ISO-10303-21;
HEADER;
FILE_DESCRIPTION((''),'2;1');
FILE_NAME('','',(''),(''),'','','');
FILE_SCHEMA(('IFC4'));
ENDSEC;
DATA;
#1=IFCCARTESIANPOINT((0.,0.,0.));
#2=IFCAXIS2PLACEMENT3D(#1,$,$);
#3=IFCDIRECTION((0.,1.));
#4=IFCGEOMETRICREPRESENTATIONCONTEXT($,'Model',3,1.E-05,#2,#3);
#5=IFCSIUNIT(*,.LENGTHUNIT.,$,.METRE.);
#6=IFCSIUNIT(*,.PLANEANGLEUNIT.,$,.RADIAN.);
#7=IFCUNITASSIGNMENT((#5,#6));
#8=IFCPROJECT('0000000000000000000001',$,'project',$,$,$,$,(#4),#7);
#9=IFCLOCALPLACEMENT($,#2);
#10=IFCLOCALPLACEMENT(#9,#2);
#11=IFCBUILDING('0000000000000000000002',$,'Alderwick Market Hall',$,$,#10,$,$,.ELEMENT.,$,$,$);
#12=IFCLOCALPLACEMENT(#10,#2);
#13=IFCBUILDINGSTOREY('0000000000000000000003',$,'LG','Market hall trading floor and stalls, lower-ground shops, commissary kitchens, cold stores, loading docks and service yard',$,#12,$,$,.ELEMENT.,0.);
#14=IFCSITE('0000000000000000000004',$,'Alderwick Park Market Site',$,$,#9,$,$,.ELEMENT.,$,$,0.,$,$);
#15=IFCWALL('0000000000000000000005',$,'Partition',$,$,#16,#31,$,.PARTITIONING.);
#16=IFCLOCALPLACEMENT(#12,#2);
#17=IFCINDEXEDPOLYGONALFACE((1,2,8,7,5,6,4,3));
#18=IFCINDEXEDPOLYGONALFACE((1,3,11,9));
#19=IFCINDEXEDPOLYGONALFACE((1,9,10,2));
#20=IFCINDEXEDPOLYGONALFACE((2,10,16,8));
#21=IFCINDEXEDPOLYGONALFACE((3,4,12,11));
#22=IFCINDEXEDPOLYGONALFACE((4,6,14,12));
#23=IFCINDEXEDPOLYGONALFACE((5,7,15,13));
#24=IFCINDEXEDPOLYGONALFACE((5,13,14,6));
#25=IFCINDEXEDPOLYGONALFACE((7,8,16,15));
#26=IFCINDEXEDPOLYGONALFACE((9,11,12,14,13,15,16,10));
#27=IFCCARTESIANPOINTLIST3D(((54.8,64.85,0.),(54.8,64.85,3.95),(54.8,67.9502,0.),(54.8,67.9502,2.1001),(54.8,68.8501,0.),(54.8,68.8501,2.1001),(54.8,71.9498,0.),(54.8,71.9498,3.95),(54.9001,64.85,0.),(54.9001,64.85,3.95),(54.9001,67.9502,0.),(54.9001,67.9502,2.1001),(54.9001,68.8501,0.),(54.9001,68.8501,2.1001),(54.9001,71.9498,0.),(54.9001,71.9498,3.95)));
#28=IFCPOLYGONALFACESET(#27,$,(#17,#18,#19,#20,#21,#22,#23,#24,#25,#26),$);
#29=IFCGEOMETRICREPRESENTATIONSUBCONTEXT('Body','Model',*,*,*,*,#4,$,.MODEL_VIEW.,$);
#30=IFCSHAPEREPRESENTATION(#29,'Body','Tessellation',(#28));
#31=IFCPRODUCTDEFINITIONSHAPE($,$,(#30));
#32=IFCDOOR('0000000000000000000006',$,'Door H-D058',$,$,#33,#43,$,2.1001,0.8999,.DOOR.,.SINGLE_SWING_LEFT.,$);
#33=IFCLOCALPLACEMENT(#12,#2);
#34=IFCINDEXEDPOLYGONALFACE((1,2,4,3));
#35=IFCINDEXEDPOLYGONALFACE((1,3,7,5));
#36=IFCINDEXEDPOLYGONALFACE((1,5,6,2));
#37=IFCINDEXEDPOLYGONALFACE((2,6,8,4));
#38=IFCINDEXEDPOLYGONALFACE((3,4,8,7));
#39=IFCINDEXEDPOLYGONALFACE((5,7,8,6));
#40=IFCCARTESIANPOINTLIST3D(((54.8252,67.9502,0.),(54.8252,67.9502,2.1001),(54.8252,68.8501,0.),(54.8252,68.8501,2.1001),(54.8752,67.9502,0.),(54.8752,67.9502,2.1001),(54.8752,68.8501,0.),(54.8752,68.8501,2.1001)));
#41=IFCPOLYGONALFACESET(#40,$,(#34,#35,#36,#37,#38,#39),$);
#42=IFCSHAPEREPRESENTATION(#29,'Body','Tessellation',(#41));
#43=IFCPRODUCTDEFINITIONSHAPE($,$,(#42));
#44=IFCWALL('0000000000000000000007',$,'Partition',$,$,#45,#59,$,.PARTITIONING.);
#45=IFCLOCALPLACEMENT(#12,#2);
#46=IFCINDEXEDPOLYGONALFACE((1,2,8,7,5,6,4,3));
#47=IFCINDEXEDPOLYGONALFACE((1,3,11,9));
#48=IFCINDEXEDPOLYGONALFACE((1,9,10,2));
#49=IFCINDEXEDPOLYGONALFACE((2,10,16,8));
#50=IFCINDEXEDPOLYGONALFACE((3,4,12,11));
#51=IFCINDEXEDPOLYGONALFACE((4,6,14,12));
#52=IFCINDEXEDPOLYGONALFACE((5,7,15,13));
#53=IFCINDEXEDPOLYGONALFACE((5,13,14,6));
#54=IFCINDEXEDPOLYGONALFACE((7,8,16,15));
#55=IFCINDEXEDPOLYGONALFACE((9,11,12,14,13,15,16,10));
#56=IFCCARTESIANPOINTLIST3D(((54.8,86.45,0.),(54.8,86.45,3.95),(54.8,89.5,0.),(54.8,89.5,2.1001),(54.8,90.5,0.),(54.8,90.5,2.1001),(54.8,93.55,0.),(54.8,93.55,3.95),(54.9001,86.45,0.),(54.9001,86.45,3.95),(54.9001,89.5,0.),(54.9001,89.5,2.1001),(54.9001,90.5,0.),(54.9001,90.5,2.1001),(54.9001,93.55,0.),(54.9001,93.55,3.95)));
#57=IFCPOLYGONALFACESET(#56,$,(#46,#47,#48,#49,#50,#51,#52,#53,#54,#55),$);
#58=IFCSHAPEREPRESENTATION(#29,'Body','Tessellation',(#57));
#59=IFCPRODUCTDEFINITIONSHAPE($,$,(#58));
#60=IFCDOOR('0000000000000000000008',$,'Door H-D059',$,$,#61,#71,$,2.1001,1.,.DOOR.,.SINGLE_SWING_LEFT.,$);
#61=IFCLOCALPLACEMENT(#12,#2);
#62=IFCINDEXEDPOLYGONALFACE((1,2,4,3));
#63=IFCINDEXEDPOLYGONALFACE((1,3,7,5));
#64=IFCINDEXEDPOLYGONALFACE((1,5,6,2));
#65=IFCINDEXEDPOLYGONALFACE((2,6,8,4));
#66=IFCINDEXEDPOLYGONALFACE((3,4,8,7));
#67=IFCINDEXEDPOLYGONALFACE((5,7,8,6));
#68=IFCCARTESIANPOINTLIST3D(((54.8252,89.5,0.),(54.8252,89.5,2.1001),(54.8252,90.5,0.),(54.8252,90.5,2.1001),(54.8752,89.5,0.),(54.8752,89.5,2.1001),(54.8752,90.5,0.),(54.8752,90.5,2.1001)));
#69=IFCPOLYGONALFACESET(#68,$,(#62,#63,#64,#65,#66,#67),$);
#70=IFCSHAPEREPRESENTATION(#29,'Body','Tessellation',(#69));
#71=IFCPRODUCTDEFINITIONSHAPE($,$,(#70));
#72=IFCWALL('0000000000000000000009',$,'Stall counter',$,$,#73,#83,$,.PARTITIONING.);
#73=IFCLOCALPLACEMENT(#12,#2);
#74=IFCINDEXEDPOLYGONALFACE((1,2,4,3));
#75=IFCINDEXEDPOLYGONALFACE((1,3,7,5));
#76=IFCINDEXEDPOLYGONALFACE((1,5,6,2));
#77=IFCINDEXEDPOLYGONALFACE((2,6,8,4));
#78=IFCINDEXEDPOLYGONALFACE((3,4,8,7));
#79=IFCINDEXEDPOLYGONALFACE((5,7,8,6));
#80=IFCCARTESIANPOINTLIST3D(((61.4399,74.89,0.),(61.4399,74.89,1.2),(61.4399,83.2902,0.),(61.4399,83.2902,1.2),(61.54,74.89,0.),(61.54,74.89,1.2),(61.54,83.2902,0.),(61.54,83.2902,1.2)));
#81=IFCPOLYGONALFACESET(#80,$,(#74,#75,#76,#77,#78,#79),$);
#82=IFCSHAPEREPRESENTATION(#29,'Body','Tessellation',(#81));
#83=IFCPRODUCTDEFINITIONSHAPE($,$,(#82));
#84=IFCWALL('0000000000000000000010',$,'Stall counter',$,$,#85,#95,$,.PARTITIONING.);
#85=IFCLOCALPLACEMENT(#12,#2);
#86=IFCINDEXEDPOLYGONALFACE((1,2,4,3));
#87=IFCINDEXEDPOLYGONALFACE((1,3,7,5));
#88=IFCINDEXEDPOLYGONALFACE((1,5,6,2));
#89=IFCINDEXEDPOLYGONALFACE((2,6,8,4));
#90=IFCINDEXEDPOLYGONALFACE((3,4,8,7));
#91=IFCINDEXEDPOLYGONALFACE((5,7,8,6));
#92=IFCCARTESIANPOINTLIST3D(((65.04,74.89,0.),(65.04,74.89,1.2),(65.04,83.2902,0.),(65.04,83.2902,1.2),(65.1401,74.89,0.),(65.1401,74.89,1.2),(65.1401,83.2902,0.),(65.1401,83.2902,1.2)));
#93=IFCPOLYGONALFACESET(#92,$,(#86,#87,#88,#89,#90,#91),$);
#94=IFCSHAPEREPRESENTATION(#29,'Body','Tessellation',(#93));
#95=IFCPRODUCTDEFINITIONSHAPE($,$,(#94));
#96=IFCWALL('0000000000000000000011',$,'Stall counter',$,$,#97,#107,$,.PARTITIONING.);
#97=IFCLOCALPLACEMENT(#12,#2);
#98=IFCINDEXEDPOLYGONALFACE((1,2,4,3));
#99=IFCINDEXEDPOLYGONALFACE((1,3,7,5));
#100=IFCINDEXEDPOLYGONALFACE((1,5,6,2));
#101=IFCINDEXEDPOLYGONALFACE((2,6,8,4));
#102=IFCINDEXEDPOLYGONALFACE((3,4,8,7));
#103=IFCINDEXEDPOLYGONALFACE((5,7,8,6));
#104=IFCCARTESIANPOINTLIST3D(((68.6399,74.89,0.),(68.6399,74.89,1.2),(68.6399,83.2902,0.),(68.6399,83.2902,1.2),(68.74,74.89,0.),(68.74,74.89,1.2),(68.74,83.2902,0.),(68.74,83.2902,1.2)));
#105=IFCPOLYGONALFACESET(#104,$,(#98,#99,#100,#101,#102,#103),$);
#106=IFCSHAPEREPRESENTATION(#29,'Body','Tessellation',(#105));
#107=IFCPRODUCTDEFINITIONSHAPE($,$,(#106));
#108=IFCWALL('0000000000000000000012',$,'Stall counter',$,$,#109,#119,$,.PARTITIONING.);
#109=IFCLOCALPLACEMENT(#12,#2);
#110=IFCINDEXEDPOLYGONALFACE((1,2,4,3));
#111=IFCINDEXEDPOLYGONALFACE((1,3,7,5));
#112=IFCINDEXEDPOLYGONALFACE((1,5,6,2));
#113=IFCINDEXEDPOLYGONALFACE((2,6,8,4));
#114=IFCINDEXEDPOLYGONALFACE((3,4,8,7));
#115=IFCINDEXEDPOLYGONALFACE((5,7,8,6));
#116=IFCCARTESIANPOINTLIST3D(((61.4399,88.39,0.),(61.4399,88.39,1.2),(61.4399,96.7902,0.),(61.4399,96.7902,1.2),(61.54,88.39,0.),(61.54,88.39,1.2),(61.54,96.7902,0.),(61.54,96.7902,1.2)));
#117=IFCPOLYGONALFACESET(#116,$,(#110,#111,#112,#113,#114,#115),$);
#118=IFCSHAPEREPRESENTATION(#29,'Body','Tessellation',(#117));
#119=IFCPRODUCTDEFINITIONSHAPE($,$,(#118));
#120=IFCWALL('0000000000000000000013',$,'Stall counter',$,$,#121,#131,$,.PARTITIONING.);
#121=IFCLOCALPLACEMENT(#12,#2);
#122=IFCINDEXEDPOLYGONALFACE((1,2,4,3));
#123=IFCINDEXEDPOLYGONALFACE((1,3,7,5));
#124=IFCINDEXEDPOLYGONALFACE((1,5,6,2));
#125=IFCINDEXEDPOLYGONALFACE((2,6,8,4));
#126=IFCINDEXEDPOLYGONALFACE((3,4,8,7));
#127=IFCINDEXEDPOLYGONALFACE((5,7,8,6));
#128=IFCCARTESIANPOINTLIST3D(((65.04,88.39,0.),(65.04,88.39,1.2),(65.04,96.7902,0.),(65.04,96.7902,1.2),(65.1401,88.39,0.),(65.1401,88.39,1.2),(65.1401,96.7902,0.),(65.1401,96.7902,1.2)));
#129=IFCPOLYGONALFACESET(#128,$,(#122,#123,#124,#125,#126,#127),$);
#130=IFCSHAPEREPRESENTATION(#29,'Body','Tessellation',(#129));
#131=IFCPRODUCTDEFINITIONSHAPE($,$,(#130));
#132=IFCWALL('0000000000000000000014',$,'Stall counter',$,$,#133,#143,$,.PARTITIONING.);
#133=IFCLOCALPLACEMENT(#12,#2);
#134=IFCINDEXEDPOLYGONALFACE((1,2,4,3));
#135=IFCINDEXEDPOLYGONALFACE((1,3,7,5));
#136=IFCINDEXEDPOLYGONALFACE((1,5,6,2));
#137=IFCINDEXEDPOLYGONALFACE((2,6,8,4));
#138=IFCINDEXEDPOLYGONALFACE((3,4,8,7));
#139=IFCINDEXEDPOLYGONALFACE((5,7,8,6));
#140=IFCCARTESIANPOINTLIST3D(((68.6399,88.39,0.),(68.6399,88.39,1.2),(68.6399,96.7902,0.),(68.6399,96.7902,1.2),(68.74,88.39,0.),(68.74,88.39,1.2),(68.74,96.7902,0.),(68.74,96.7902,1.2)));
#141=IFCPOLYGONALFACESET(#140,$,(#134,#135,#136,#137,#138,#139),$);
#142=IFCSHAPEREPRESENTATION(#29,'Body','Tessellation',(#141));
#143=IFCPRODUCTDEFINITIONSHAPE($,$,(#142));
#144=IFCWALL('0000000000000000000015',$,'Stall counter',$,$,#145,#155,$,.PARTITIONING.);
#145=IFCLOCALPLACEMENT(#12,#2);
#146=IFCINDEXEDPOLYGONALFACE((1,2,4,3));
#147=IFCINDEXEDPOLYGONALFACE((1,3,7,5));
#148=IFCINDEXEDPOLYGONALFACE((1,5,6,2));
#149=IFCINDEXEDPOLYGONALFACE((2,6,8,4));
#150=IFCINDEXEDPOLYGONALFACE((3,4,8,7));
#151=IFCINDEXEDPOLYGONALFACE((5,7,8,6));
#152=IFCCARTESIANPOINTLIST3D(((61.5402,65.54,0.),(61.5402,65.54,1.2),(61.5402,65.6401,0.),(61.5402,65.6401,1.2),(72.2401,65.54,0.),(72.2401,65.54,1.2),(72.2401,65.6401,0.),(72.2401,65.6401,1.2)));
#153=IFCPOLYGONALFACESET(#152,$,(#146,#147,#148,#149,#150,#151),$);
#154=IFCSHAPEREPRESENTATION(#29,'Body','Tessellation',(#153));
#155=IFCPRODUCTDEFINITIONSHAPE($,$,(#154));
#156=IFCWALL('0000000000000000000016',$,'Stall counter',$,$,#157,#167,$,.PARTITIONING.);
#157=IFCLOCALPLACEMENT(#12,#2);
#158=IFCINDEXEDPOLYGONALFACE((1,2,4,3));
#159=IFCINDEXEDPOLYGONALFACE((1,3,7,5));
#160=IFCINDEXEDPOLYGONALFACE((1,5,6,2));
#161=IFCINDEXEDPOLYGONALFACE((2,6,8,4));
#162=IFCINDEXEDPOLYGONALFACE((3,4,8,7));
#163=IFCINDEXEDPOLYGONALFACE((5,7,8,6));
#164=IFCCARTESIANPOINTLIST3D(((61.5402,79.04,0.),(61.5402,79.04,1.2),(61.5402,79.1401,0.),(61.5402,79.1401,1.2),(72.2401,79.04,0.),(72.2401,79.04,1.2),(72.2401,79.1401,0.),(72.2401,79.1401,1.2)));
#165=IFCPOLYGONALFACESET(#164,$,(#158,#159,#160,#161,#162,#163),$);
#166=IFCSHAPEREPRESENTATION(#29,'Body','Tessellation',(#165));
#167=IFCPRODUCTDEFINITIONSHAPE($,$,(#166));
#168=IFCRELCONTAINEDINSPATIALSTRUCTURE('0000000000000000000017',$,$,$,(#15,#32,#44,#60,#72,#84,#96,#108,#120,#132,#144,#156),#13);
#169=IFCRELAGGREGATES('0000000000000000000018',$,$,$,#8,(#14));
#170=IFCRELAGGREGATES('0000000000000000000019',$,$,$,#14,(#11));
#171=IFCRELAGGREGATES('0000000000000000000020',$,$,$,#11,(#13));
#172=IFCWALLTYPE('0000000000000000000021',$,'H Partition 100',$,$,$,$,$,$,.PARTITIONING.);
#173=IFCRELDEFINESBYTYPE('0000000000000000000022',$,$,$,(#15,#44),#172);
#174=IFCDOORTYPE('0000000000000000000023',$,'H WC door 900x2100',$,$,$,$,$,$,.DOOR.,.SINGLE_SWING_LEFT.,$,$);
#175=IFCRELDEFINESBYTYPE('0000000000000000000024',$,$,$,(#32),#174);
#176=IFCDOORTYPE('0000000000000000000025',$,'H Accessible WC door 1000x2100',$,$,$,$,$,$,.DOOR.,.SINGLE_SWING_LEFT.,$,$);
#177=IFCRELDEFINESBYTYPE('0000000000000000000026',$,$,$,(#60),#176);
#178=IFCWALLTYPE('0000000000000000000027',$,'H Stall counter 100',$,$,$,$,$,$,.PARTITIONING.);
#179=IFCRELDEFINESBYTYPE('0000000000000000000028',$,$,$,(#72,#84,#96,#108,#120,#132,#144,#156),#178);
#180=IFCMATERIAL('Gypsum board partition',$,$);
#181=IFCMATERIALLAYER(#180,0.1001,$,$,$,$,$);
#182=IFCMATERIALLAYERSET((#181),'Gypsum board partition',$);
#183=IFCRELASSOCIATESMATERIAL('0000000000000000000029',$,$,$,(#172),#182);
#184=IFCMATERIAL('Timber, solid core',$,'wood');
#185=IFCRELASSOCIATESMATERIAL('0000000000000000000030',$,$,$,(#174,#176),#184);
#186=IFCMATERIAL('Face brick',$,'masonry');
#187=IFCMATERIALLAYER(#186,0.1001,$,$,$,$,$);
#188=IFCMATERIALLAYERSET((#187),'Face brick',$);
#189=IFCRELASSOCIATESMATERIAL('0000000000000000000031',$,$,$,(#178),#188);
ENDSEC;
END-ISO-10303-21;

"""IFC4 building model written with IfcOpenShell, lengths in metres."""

from ifc_helpers import new_model, si_unit, direction, frame, frame_2d, origin, place, context, subcontext, project, spatial, rectangle, extrude, material, layer, layer_set, type_object, element, fill, save


model = new_model("IFC4")

# Units and contexts
model_context = context("Model", 3, precision=1e-05, world=origin(), true_north=direction((0.0, 1.0)))
body_context = subcontext(model_context, "Body", "Model", "MODEL_VIEW")
ifc_project = project(units=[si_unit("LENGTHUNIT", "METRE"), si_unit("PLANEANGLEUNIT", "RADIAN")], contexts=[model_context])

# Site, building, storey
site_placement = place(None, origin())
site = spatial("IfcSite", under=ifc_project, at=site_placement, Name="Alderwick Park Market Site", CompositionType="ELEMENT", RefElevation=0.0)
building_placement = place(site_placement, origin())
building = spatial("IfcBuilding", under=site, at=building_placement, Name="Alderwick Market Hall", CompositionType="ELEMENT")
storey_placement = place(building_placement, origin())
storey = spatial("IfcBuildingStorey", under=building, at=storey_placement, Name="LG", Description="Market hall trading floor and stalls, lower-ground shops, commissary kitchens, cold stores, loading docks and service yard", CompositionType="ELEMENT", Elevation=0.0)

# Shared definitions
ifc_material_1 = material(Name="Gypsum board partition")
ifc_layer_1 = layer(ifc_material_1, 0.1001)
ifc_layer_set_1 = layer_set([ifc_layer_1], Name="Gypsum board partition")
wall_type_1 = type_object("IfcWallType", Name="H Partition 100", PredefinedType="PARTITIONING", material=ifc_layer_set_1)

# Walls, openings, doors
wall_1_placement = place(storey_placement, frame((54.8501, 64.8501, 0.0), z_axis=(0.0, 0.0, 1.0), x_axis=(0.0, 1.0, 0.0)))
wall_1 = element("IfcWall", 1, at=wall_1_placement, inside=storey, type_object=wall_type_1, Name="Partition", PredefinedType="PARTITIONING", context=body_context, shape_type="SweptSolid", body=[
    extrude(rectangle(XDim=7.0999, YDim=0.1001, at=frame_2d((3.5498, 0.0))), origin(), (0.0, 0.0, 1.0), 3.95),
])
opening_1_placement = place(wall_1_placement, frame((3.1001, 0.0, 0.0)))
opening_1 = element("IfcOpeningElement", 2, at=opening_1_placement, cuts=wall_1, PredefinedType="OPENING", context=body_context, shape_type="SweptSolid", body=[
    extrude(rectangle(XDim=0.8999, YDim=2.1001, at=frame_2d((0.45, 1.05))), frame((0.0, 0.0601, 0.0), z_axis=(0.0, -1.0, 0.0), x_axis=(1.0, 0.0, 0.0)), (0.0, 0.0, 1.0), 0.1201),
])
ifc_material_2 = material(Name="Timber, solid core", Category="wood")
door_type_1 = type_object("IfcDoorType", Name="H WC door 900x2100", OperationType="SINGLE_SWING_LEFT", PredefinedType="DOOR", material=ifc_material_2)
door_1_placement = place(opening_1_placement, origin())
door_1 = element("IfcDoor", 3, at=door_1_placement, inside=storey, type_object=door_type_1, Name="Door H-D058", OperationType="SINGLE_SWING_LEFT", OverallHeight=2.1001, OverallWidth=0.8999, PredefinedType="DOOR", context=body_context, shape_type="SweptSolid", body=[
    extrude(rectangle(XDim=0.8999, YDim=2.1001, at=frame_2d((0.45, 1.05))), frame((0.0, 0.0249, 0.0), z_axis=(0.0, -1.0, 0.0), x_axis=(1.0, 0.0, 0.0)), (0.0, 0.0, 1.0), 0.05),
])
fill(opening_1, door_1)
wall_2_placement = place(storey_placement, frame((54.8501, 86.45, 0.0), z_axis=(0.0, 0.0, 1.0), x_axis=(0.0, 1.0, 0.0)))
wall_2 = element("IfcWall", 4, at=wall_2_placement, inside=storey, type_object=wall_type_1, Name="Partition", PredefinedType="PARTITIONING", context=body_context, shape_type="SweptSolid", body=[
    extrude(rectangle(XDim=7.1001, YDim=0.1001, at=frame_2d((3.55, 0.0))), origin(), (0.0, 0.0, 1.0), 3.95),
])
opening_2_placement = place(wall_2_placement, frame((3.05, 0.0, 0.0)))
opening_2 = element("IfcOpeningElement", 5, at=opening_2_placement, cuts=wall_2, PredefinedType="OPENING", context=body_context, shape_type="SweptSolid", body=[
    extrude(rectangle(XDim=1.0, YDim=2.1001, at=frame_2d((0.5, 1.05))), frame((0.0, 0.0601, 0.0), z_axis=(0.0, -1.0, 0.0), x_axis=(1.0, 0.0, 0.0)), (0.0, 0.0, 1.0), 0.1201),
])
door_type_2 = type_object("IfcDoorType", Name="H Accessible WC door 1000x2100", OperationType="SINGLE_SWING_LEFT", PredefinedType="DOOR", material=ifc_material_2)
door_2_placement = place(opening_2_placement, origin())
door_2 = element("IfcDoor", 6, at=door_2_placement, inside=storey, type_object=door_type_2, Name="Door H-D059", OperationType="SINGLE_SWING_LEFT", OverallHeight=2.1001, OverallWidth=1.0, PredefinedType="DOOR", context=body_context, shape_type="SweptSolid", body=[
    extrude(rectangle(XDim=1.0, YDim=2.1001, at=frame_2d((0.5, 1.05))), frame((0.0, 0.0249, 0.0), z_axis=(0.0, -1.0, 0.0), x_axis=(1.0, 0.0, 0.0)), (0.0, 0.0, 1.0), 0.05),
])
fill(opening_2, door_2)

# Walls
ifc_material_3 = material(Name="Face brick", Category="masonry")
ifc_layer_2 = layer(ifc_material_3, 0.1001)
ifc_layer_set_2 = layer_set([ifc_layer_2], Name="Face brick")
wall_type_2 = type_object("IfcWallType", Name="H Stall counter 100", PredefinedType="PARTITIONING", material=ifc_layer_set_2)
for number, where, z_axis, x_axis, name in (
    (7, (61.49, 74.8899, 0.0), (0.0, 0.0, 1.0), (0.0, 1.0, 0.0), "Stall counter"),
    (8, (65.0901, 74.8899, 0.0), (0.0, 0.0, 1.0), (0.0, 1.0, 0.0), "Stall counter"),
    (9, (68.6899, 74.8899, 0.0), (0.0, 0.0, 1.0), (0.0, 1.0, 0.0), "Stall counter"),
    (10, (61.49, 88.3899, 0.0), (0.0, 0.0, 1.0), (0.0, 1.0, 0.0), "Stall counter"),
    (11, (65.0901, 88.3899, 0.0), (0.0, 0.0, 1.0), (0.0, 1.0, 0.0), "Stall counter"),
    (12, (68.6899, 88.3899, 0.0), (0.0, 0.0, 1.0), (0.0, 1.0, 0.0), "Stall counter"),
):
    element("IfcWall", number, at=place(storey_placement, frame(where, z_axis=z_axis, x_axis=x_axis)), inside=storey, type_object=wall_type_2, Name=name, PredefinedType="PARTITIONING", context=body_context, shape_type="SweptSolid", body=[
        extrude(rectangle(XDim=8.4001, YDim=0.1001, at=frame_2d((4.2002, 0.0))), origin(), (0.0, 0.0, 1.0), 1.2),
    ])
for number, where, z_axis, x_axis, name in (
    (13, (61.54, 65.5901, 0.0), (0.0, 0.0, 1.0), (1.0, 0.0, 0.0), "Stall counter"),
    (14, (61.54, 79.0901, 0.0), (0.0, 0.0, 1.0), (1.0, 0.0, 0.0), "Stall counter"),
):
    element("IfcWall", number, at=place(storey_placement, frame(where, z_axis=z_axis, x_axis=x_axis)), inside=storey, type_object=wall_type_2, Name=name, PredefinedType="PARTITIONING", context=body_context, shape_type="SweptSolid", body=[
        extrude(rectangle(XDim=10.7, YDim=0.1001, at=frame_2d((5.3501, 0.0))), origin(), (0.0, 0.0, 1.0), 1.2),
    ])

save(model, "model.ifc")
